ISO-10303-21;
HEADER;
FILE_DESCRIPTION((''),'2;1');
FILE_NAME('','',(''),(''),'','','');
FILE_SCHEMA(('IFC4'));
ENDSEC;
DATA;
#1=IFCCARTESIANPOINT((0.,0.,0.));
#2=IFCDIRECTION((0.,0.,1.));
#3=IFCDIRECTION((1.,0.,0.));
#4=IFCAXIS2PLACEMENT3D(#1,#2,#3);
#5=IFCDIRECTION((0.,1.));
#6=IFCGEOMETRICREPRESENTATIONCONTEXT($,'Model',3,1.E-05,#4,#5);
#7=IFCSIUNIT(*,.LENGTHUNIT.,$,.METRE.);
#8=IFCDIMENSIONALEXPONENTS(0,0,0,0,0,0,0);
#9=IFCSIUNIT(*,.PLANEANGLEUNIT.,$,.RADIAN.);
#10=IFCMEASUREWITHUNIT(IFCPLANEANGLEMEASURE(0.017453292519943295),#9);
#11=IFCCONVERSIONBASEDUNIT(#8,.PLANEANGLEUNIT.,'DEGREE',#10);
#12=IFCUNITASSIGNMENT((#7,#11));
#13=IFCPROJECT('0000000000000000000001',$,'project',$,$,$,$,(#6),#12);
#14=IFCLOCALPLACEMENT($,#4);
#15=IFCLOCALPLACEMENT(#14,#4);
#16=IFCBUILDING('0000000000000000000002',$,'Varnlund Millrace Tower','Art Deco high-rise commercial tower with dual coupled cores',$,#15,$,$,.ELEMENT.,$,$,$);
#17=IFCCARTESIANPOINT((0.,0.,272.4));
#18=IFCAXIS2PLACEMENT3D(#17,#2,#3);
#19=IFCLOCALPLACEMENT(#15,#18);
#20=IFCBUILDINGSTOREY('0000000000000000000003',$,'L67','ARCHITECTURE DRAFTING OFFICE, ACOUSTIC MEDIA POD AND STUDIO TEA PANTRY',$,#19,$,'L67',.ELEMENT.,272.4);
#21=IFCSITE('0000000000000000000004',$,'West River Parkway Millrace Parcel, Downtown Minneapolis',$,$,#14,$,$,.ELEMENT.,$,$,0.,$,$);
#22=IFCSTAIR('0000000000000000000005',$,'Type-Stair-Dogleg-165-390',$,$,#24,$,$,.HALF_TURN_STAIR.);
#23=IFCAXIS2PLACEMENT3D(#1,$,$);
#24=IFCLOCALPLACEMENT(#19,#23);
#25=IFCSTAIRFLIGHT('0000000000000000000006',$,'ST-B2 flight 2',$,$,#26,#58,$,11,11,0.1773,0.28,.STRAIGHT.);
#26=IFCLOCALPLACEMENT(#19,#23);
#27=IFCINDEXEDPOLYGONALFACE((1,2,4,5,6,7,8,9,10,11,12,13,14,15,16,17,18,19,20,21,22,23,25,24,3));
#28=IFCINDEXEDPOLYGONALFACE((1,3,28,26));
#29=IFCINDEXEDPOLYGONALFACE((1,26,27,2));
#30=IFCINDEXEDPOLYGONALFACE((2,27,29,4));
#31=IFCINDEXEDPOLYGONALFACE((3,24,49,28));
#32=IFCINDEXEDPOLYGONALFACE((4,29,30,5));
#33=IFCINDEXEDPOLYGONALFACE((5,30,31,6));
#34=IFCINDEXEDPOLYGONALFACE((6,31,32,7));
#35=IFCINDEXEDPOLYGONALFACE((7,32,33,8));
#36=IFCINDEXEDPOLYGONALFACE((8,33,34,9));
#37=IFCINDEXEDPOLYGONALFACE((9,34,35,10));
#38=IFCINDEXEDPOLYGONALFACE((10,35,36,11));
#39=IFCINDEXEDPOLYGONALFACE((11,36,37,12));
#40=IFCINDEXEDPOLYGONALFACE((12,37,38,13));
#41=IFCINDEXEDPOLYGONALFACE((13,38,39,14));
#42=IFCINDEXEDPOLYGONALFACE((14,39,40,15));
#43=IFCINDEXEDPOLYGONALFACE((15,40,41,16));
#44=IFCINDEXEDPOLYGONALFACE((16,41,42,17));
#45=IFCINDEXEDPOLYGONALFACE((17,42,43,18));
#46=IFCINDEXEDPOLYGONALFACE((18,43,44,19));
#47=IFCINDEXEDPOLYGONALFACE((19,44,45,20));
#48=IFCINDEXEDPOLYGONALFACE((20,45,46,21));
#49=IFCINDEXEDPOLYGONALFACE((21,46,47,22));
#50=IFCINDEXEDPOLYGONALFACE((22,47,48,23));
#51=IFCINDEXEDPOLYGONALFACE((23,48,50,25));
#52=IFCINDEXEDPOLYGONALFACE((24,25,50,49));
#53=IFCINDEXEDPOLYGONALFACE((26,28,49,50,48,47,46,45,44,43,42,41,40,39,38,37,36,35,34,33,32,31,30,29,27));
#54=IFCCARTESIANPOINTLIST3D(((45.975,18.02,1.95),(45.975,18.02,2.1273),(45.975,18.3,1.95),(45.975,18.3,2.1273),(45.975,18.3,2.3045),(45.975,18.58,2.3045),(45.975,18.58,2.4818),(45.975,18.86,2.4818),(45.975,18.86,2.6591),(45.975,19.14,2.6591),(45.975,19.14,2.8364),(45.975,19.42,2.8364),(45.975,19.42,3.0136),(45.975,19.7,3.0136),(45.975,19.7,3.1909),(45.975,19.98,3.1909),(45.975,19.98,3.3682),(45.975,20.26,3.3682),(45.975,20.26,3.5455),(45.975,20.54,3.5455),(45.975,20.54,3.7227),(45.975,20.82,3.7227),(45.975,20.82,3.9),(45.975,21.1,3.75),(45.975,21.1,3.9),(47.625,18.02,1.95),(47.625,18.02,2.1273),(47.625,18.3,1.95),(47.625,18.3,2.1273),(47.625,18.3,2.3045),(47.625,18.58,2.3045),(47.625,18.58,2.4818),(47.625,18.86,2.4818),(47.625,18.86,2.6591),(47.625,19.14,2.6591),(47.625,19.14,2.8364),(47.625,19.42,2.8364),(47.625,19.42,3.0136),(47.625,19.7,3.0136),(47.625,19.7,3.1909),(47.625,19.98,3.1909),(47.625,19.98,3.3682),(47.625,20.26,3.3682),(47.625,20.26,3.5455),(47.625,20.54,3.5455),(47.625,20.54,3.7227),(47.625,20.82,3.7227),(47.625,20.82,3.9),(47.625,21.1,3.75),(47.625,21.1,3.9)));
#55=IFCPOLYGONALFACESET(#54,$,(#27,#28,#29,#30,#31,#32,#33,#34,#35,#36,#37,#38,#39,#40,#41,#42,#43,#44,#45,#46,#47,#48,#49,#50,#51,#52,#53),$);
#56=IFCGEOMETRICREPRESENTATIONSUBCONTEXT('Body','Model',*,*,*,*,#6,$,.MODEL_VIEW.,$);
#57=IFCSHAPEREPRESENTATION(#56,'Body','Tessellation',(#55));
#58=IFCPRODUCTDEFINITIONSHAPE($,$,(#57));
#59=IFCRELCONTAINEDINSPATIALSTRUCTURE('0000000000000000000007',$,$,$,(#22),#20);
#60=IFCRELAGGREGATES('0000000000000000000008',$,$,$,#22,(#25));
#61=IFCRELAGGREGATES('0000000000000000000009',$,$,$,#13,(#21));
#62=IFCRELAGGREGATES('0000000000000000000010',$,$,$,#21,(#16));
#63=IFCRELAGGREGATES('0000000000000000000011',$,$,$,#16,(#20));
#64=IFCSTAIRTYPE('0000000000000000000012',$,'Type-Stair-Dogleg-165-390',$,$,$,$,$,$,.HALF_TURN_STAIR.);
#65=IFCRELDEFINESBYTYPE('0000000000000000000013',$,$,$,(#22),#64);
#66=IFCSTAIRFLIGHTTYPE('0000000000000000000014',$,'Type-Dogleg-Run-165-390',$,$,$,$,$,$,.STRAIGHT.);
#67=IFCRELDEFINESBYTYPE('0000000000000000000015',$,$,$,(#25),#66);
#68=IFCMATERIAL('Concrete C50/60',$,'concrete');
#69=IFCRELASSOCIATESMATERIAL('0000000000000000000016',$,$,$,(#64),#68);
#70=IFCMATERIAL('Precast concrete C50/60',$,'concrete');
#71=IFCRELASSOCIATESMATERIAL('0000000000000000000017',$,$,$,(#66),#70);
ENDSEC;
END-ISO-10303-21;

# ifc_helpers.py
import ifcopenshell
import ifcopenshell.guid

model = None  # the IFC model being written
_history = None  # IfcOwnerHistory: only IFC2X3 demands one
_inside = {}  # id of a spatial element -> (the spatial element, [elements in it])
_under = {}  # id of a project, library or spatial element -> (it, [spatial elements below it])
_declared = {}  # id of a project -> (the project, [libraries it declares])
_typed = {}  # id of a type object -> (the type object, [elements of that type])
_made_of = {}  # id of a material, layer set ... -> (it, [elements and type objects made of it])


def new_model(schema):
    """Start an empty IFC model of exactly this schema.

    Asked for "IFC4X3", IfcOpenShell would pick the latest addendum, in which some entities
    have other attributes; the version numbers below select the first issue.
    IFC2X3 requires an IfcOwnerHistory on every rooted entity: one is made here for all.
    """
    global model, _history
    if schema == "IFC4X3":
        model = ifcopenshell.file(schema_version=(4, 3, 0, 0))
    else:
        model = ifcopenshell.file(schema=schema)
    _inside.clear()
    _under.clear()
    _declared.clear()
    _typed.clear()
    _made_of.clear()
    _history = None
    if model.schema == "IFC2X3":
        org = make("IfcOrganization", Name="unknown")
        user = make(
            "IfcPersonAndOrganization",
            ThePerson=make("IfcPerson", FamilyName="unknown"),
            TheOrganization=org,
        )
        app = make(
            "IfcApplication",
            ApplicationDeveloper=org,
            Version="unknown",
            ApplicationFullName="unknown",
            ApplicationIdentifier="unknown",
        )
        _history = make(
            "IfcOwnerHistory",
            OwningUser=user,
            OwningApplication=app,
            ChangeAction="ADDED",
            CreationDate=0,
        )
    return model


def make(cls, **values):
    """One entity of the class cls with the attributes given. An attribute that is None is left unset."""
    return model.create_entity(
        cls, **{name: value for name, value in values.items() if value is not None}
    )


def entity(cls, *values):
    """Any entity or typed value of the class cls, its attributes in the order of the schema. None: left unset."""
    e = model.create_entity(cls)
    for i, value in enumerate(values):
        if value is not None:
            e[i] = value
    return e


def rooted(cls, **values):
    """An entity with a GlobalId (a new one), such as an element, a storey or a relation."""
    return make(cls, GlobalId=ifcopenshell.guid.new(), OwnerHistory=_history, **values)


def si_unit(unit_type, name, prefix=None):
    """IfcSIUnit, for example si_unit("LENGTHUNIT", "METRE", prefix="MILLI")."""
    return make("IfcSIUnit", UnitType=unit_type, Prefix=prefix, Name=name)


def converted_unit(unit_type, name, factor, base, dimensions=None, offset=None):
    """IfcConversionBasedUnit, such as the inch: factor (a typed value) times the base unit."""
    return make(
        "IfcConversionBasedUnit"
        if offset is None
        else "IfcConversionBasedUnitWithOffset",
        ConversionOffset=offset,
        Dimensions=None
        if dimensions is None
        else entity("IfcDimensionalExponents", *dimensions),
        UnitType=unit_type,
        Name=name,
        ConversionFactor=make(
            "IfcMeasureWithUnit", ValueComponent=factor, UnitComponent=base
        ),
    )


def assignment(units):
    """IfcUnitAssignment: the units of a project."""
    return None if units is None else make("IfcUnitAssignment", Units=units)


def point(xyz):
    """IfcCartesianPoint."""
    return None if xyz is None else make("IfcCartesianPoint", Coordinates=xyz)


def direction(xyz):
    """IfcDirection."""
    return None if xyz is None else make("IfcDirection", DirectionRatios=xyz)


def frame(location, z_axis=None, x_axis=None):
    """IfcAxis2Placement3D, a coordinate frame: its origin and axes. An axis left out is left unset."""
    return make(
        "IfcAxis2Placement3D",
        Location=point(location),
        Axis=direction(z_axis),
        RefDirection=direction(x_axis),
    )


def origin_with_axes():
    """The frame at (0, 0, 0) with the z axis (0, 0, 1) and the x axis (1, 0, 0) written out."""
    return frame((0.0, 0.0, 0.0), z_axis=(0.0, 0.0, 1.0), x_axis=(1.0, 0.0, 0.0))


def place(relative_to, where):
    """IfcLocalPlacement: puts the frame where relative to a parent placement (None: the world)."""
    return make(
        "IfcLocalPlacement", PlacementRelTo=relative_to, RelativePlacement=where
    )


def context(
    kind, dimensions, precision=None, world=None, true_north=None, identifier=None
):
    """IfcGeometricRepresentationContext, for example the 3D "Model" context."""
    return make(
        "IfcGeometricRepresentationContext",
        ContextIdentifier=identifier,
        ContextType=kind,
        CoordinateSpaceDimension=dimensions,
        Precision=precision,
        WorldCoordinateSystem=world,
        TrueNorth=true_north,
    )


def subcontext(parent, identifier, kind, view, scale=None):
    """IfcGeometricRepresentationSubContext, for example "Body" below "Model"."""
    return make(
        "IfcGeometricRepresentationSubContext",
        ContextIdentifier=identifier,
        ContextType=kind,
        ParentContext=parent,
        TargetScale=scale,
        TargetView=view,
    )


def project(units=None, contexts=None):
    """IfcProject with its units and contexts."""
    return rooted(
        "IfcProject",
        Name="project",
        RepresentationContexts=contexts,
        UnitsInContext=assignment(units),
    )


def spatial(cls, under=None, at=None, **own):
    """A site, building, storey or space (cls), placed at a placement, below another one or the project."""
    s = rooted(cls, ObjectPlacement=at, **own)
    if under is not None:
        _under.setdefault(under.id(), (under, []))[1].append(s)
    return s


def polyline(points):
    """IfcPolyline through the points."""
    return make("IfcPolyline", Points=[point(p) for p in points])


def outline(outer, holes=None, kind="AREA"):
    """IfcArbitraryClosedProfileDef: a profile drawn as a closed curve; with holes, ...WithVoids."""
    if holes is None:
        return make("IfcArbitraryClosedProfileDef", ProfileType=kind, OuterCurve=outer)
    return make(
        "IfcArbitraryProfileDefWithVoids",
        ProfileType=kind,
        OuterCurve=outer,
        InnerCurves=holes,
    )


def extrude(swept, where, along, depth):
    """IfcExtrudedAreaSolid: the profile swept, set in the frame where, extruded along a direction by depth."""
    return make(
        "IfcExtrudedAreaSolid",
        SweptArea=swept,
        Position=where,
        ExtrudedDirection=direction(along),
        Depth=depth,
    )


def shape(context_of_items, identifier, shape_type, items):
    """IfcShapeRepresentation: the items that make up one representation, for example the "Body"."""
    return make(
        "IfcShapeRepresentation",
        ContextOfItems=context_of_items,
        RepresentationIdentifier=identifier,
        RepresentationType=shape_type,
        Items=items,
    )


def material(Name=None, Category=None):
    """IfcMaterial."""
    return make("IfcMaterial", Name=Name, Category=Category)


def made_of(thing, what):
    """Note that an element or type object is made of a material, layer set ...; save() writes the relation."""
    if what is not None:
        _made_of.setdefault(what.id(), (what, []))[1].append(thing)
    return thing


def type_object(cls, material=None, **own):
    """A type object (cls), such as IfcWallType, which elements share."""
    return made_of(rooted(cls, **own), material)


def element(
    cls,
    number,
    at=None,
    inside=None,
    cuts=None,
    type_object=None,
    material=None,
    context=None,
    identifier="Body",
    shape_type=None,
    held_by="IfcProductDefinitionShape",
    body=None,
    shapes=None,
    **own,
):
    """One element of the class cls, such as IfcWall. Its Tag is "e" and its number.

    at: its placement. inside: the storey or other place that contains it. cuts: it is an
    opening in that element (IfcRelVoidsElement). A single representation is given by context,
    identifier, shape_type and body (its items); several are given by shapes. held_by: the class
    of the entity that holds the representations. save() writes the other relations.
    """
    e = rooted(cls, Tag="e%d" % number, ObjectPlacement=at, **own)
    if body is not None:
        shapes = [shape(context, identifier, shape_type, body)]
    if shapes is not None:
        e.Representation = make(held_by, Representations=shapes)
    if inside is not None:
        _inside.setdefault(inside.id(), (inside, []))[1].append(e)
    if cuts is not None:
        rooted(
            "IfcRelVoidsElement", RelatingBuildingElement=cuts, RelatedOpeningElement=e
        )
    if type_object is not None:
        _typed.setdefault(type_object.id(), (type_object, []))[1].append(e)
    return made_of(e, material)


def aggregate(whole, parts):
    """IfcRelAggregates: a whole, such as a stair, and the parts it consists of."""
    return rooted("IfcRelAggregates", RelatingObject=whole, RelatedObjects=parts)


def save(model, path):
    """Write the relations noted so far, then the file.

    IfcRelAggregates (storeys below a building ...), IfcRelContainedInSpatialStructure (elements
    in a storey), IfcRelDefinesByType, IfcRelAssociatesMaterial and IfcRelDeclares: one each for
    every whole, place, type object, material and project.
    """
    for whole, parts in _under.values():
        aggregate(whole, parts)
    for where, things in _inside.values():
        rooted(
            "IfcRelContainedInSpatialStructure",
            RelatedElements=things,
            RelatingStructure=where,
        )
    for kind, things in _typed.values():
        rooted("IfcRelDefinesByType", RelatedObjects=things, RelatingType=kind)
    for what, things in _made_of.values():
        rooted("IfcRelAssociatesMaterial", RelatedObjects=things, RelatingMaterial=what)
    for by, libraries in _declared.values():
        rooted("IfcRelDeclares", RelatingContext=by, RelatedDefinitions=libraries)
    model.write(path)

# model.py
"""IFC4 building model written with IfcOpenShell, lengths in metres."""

from ifc_helpers import new_model, entity, si_unit, converted_unit, direction, frame, origin_with_axes, place, context, subcontext, project, spatial, polyline, outline, extrude, material, type_object, element, aggregate, save


model = new_model("IFC4")

# Units and contexts
model_context = context("Model", 3, precision=1e-05, world=origin_with_axes(), true_north=direction((0.0, 1.0)))
body_context = subcontext(model_context, "Body", "Model", "MODEL_VIEW")
ifc_project = project(units=[si_unit("LENGTHUNIT", "METRE"), converted_unit("PLANEANGLEUNIT", "DEGREE", entity("IfcPlaneAngleMeasure", 0.017453292519943295), si_unit("PLANEANGLEUNIT", "RADIAN"), dimensions=[0, 0, 0, 0, 0, 0, 0])], contexts=[model_context])

# Site, building, storey
site_placement = place(None, origin_with_axes())
site = spatial("IfcSite", under=ifc_project, at=site_placement, Name="West River Parkway Millrace Parcel, Downtown Minneapolis", CompositionType="ELEMENT", RefElevation=0.0)
building_placement = place(site_placement, origin_with_axes())
building = spatial("IfcBuilding", under=site, at=building_placement, Name="Varnlund Millrace Tower", Description="Art Deco high-rise commercial tower with dual coupled cores", CompositionType="ELEMENT")
storey_placement = place(building_placement, frame((0.0, 0.0, 272.4), z_axis=(0.0, 0.0, 1.0), x_axis=(1.0, 0.0, 0.0)))
storey = spatial("IfcBuildingStorey", under=building, at=storey_placement, Name="L67", Description="ARCHITECTURE DRAFTING OFFICE, ACOUSTIC MEDIA POD AND STUDIO TEA PANTRY", LongName="L67", CompositionType="ELEMENT", Elevation=272.4)

# Shared definitions
ifc_material_1 = material(Name="Precast concrete C50/60", Category="concrete")

# Stair, stair flight
ifc_material_2 = material(Name="Concrete C50/60", Category="concrete")
stair_type = type_object("IfcStairType", Name="Type-Stair-Dogleg-165-390", PredefinedType="HALF_TURN_STAIR", material=ifc_material_2)
stair_placement = place(storey_placement, origin_with_axes())
stair = element("IfcStair", 1, at=stair_placement, inside=storey, type_object=stair_type, Name="Type-Stair-Dogleg-165-390", PredefinedType="HALF_TURN_STAIR")
stair_flight_type = type_object("IfcStairFlightType", Name="Type-Dogleg-Run-165-390", PredefinedType="STRAIGHT", material=ifc_material_1)
stair_flight_placement = place(storey_placement, frame((45.975, 18.02, 1.95), z_axis=(1.0, 0.0, 0.0), x_axis=(0.0, 1.0, 0.0)))
stair_flight = element("IfcStairFlight", 2, at=stair_flight_placement, type_object=stair_flight_type, Name="ST-B2 flight 2", NumberOfRisers=11, NumberOfTreads=11, PredefinedType="STRAIGHT", RiserHeight=0.1773, TreadLength=0.28, context=body_context, shape_type="SweptSolid", body=[
    extrude(outline(polyline([(0.0, 0.0), (0.0, 0.1773), (0.28, 0.1773), (0.28, 0.3545), (0.56, 0.3545), (0.56, 0.5318), (0.84, 0.5318), (0.84, 0.7091), (1.12, 0.7091), (1.12, 0.8864), (1.4, 0.8864), (1.4, 1.0636), (1.68, 1.0636), (1.68, 1.2409), (1.96, 1.2409), (1.96, 1.4182), (2.24, 1.4182), (2.24, 1.5955), (2.52, 1.5955), (2.52, 1.7727), (2.8, 1.7727), (2.8, 1.95), (3.08, 1.95), (3.08, 1.8), (0.28, 0.0), (0.0, 0.0)])), origin_with_axes(), (0.0, 0.0, 1.0), 1.65),
])
aggregate(stair, [stair_flight])

save(model, "model.ifc")
